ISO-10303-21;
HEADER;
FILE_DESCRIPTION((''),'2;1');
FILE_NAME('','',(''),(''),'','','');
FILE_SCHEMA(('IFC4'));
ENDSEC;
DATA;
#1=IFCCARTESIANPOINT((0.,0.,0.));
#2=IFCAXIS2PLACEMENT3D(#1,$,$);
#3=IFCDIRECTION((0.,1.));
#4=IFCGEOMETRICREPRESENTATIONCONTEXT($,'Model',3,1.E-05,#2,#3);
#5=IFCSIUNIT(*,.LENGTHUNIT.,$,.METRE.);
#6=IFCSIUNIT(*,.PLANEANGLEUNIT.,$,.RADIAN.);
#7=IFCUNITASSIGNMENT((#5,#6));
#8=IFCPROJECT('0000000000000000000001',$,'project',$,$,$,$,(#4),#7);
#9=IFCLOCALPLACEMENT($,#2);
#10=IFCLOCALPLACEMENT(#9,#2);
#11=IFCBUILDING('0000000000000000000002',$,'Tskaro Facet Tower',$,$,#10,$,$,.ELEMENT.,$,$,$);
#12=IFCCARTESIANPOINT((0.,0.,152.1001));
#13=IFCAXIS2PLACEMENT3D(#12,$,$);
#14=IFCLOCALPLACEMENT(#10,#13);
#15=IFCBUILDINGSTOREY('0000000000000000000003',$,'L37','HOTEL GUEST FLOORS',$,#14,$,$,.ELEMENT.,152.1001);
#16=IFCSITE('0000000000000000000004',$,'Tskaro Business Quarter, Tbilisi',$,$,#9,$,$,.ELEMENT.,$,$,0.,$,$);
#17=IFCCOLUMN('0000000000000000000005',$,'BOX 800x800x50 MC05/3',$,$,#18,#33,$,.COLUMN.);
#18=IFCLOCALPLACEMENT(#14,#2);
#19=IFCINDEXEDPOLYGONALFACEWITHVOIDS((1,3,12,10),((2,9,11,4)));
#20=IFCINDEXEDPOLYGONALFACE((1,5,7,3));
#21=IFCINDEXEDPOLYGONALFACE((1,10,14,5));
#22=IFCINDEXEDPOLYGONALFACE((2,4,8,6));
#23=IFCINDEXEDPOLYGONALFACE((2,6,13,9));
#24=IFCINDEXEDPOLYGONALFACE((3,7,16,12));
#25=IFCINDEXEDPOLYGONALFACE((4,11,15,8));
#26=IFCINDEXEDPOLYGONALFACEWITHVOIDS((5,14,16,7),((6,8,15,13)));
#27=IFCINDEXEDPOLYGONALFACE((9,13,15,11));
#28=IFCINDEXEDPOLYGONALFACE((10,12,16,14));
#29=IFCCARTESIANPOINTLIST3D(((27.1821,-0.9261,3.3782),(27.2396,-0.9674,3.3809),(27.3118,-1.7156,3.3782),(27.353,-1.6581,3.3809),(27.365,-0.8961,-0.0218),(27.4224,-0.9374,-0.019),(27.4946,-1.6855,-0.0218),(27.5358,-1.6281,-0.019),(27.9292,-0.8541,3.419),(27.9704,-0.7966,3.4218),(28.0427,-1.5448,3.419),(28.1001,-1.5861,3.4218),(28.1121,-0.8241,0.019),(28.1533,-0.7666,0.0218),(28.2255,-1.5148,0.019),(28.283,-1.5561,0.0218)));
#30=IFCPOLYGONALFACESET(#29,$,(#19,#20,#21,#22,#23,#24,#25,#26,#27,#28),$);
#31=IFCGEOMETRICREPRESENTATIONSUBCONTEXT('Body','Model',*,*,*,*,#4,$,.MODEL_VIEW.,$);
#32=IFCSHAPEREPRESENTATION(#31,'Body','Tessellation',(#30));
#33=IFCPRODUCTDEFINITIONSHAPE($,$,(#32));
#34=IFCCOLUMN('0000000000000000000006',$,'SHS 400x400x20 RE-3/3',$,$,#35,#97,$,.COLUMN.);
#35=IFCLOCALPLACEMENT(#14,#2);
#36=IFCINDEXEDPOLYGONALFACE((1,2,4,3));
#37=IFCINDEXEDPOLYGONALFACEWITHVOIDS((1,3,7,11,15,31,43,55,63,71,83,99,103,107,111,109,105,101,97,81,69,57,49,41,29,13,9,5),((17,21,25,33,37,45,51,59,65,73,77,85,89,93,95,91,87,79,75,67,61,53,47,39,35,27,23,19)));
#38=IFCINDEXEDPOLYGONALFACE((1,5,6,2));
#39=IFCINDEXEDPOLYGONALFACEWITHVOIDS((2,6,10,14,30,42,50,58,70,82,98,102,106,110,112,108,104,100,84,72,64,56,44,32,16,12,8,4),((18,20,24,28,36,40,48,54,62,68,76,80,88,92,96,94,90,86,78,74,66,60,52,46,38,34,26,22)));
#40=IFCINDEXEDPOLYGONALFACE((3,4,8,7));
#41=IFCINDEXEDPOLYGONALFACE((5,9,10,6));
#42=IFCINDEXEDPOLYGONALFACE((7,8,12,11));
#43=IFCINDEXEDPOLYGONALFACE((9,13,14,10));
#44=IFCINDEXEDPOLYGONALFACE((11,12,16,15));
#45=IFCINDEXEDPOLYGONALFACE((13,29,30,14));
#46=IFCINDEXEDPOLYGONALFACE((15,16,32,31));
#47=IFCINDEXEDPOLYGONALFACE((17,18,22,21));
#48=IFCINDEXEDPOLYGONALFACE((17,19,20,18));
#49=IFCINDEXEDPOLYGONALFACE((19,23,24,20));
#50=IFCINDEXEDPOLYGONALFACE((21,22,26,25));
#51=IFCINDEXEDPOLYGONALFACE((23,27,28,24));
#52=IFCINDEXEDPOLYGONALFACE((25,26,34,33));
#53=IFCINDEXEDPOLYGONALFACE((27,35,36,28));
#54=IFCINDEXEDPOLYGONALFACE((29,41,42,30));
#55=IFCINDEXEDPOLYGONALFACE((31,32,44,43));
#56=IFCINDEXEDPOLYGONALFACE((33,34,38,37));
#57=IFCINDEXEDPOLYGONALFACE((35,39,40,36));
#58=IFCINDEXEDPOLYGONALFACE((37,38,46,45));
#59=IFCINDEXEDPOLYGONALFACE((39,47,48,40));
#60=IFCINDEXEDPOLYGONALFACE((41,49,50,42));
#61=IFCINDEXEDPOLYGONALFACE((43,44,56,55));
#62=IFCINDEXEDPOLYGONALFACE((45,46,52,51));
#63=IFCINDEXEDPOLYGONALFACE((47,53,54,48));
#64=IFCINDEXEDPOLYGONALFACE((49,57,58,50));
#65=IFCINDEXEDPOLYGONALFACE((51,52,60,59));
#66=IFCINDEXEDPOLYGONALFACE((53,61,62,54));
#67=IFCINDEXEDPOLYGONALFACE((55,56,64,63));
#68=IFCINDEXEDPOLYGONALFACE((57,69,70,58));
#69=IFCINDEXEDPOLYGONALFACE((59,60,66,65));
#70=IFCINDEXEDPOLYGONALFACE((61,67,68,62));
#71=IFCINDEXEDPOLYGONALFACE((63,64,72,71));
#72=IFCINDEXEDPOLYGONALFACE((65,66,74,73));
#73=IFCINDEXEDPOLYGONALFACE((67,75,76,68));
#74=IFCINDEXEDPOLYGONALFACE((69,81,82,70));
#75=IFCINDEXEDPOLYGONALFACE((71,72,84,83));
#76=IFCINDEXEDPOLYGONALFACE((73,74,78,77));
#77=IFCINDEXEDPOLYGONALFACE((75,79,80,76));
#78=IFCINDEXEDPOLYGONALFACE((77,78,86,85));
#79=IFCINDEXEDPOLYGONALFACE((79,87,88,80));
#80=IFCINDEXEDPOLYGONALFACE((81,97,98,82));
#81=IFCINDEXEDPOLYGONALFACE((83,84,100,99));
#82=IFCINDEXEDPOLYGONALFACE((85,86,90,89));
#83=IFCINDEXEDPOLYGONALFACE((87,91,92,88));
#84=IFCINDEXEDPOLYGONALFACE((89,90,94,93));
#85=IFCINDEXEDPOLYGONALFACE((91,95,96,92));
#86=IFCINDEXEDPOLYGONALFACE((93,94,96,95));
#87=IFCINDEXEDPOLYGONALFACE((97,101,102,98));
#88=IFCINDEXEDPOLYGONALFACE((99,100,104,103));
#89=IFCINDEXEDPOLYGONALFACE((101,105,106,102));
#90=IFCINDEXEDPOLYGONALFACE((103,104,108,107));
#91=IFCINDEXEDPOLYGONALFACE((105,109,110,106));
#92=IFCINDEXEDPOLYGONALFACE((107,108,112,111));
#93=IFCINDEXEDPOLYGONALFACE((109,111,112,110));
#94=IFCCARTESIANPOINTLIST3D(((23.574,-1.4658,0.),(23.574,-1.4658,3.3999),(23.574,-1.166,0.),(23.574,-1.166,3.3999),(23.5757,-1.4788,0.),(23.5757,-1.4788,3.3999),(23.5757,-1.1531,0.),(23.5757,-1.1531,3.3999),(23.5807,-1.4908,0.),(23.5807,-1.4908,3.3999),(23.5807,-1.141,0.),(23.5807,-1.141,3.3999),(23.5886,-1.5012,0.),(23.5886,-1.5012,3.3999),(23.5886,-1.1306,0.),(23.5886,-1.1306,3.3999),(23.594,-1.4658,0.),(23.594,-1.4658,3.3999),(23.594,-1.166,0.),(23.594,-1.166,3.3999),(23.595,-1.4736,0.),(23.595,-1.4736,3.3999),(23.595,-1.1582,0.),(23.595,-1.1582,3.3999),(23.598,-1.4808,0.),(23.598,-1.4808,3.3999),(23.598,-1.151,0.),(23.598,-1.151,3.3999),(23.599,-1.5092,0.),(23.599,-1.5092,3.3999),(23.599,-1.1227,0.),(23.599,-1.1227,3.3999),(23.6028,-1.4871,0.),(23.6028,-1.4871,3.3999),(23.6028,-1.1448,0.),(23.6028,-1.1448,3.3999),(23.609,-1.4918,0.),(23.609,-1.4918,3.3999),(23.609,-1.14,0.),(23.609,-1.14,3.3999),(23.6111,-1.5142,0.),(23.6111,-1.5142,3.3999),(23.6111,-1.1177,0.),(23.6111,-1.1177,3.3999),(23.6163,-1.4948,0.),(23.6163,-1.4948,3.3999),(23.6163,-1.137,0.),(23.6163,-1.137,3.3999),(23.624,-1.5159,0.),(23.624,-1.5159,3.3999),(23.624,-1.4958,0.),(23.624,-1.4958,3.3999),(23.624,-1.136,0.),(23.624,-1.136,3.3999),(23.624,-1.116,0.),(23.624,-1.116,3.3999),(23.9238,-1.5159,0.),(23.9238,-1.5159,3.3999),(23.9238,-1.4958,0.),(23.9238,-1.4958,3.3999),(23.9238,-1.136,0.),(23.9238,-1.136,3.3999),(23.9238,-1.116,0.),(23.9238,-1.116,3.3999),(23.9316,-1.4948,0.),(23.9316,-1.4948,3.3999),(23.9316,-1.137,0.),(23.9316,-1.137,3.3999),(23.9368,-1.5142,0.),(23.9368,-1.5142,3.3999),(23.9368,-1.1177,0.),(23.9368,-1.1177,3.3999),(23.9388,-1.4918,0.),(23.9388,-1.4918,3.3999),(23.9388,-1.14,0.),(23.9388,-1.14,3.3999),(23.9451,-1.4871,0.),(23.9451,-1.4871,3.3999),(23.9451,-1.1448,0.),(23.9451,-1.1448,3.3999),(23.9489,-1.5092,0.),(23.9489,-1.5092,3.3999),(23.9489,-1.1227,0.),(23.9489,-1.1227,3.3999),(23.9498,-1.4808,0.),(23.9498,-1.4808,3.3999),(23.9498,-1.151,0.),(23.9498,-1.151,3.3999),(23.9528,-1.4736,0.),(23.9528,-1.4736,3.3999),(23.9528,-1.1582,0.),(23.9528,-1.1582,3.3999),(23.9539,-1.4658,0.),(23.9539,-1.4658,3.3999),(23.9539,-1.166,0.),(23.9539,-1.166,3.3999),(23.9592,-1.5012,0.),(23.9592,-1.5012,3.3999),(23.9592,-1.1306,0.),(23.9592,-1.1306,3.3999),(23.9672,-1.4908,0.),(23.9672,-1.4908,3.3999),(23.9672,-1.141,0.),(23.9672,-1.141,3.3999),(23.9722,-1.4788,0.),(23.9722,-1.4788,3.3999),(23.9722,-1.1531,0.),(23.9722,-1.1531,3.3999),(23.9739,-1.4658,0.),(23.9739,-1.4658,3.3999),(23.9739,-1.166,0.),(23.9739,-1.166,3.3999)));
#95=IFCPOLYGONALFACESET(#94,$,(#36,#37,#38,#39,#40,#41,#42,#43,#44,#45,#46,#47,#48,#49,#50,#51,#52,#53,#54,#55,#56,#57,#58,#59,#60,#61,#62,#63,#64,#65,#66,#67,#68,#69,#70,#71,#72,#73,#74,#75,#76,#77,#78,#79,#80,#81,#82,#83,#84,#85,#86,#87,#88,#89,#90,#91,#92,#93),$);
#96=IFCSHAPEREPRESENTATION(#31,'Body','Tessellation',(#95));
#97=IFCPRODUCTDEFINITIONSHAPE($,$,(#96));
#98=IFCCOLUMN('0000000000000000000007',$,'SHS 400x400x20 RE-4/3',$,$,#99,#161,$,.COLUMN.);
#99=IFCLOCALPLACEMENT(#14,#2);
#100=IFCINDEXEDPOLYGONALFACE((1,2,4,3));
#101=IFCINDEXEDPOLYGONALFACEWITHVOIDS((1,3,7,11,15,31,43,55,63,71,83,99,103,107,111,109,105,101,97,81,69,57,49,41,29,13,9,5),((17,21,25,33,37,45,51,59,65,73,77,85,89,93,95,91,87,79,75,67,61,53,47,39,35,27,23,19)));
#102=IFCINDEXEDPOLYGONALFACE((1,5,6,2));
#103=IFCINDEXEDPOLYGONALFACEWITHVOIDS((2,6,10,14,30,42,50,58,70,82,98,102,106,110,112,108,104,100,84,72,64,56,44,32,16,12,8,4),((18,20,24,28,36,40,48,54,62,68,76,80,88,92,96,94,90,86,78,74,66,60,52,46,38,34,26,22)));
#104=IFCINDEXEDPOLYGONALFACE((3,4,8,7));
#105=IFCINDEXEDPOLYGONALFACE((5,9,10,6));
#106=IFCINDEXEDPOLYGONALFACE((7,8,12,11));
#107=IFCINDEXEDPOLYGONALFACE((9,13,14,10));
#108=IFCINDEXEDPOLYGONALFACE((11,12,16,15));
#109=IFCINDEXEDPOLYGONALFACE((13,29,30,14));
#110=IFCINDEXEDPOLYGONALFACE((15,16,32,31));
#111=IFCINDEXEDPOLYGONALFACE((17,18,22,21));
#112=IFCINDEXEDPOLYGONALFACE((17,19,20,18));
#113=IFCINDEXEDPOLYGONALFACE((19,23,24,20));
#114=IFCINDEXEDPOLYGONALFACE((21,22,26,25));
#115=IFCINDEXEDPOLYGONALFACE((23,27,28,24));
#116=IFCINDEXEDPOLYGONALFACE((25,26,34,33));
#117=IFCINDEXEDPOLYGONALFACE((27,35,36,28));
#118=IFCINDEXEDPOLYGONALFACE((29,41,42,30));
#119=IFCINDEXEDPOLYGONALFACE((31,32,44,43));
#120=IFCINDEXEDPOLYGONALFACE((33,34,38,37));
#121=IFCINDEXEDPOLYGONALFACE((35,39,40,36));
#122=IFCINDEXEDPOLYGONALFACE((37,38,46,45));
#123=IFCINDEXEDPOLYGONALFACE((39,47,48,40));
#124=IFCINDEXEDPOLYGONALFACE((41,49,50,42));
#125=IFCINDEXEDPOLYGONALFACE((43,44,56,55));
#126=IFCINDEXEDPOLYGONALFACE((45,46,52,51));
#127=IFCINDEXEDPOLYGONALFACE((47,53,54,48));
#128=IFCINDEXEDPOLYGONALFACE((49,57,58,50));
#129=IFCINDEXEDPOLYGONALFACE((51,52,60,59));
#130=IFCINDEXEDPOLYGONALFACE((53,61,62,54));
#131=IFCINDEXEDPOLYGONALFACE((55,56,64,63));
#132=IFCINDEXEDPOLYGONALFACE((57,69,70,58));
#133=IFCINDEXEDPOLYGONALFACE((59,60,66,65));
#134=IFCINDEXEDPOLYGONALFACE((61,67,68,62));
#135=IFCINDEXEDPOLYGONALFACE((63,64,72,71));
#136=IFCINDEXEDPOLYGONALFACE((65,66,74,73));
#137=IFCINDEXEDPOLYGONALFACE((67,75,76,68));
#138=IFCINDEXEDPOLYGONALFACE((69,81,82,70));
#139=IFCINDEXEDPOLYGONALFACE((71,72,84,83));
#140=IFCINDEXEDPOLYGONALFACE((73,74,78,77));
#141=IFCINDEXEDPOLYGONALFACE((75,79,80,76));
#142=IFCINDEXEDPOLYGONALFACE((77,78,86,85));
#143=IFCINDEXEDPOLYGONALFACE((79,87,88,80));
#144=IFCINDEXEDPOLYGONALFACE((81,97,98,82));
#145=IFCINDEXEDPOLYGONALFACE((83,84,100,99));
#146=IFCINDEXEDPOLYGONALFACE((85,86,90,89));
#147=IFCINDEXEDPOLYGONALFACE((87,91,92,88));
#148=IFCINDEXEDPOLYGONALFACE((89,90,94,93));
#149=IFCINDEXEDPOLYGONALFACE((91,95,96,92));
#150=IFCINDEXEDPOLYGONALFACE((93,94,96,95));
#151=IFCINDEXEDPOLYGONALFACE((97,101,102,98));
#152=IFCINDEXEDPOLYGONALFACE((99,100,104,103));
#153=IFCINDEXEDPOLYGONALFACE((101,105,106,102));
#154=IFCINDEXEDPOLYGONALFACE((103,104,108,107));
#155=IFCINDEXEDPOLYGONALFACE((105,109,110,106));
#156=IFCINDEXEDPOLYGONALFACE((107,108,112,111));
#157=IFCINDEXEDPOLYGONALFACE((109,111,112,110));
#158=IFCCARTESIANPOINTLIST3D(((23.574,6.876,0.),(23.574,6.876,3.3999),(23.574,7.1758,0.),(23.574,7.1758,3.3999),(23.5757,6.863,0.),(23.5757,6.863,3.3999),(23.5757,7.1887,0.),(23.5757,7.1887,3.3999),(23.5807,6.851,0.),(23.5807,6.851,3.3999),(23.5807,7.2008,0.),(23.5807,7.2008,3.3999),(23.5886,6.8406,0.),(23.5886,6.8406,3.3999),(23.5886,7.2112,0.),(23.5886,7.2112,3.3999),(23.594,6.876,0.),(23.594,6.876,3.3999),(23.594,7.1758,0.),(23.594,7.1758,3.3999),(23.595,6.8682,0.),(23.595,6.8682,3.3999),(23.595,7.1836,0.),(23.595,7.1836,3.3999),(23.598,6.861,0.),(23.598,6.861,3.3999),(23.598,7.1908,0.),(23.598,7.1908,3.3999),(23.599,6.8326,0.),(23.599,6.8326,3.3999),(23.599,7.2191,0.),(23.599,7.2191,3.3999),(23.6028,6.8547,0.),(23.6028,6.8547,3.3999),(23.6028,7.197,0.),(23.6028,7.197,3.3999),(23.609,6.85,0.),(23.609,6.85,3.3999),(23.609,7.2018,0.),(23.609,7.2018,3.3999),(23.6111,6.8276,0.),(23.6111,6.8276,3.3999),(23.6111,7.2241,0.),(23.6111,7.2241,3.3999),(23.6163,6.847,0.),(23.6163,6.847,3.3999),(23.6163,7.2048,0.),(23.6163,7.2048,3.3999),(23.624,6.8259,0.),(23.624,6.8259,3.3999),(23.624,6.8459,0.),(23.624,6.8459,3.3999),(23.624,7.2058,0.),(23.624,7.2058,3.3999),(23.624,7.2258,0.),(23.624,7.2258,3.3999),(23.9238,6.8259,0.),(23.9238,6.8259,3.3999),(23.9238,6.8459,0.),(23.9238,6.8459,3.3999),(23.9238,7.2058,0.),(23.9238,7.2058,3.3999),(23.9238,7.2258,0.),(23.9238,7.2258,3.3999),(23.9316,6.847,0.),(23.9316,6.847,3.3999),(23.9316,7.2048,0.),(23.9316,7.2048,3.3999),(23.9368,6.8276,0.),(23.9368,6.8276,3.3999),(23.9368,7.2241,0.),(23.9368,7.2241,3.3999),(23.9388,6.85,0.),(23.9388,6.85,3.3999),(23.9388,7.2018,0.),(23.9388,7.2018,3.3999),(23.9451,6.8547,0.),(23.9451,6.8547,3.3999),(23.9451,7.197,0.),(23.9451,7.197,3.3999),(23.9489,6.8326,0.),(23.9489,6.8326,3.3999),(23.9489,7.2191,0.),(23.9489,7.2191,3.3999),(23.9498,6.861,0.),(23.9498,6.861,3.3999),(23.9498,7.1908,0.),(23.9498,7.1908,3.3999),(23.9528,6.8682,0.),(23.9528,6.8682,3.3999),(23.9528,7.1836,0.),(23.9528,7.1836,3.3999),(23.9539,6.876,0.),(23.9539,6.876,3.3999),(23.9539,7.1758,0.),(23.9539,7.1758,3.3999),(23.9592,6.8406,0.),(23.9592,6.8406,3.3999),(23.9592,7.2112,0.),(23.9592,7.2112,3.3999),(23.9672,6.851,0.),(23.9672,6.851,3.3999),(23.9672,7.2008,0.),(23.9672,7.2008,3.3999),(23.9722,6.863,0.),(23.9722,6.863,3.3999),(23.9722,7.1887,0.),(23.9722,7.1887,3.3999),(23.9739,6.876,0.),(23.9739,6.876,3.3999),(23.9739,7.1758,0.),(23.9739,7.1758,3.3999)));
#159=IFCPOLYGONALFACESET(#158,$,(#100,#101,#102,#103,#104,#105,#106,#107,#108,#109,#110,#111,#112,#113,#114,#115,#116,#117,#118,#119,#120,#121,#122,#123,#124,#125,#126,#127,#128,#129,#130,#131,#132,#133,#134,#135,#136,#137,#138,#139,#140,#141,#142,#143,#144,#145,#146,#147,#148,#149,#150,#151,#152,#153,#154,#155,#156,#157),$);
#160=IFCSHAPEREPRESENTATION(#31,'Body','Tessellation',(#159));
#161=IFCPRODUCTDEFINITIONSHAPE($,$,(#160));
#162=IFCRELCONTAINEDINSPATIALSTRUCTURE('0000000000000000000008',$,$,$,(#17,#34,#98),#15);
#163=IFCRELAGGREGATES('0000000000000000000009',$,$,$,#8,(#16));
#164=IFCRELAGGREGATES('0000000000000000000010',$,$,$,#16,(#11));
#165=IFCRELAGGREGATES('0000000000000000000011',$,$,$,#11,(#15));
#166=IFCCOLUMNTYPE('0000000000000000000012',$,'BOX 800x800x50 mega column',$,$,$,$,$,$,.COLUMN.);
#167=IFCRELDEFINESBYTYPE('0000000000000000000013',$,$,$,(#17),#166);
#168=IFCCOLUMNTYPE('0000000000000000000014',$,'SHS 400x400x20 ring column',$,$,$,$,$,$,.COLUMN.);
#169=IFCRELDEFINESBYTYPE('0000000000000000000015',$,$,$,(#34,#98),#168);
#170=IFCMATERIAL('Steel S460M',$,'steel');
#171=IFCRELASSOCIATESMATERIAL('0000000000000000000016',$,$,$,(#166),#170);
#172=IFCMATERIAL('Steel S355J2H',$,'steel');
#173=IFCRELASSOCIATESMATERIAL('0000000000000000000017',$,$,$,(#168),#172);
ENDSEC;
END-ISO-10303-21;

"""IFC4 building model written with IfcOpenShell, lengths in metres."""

from ifc_helpers import new_model, si_unit, direction, frame, origin, origin_2d, place, context, subcontext, project, spatial, hollow_rectangle, extrude, material, material_profile, profile_set, type_object, element, save


model = new_model("IFC4")

# Units and contexts
model_context = context("Model", 3, precision=1e-05, world=origin(), true_north=direction((0.0, 1.0)))
body_context = subcontext(model_context, "Body", "Model", "MODEL_VIEW")
ifc_project = project(units=[si_unit("LENGTHUNIT", "METRE"), si_unit("PLANEANGLEUNIT", "RADIAN")], contexts=[model_context])

# Site, building, storey
site_placement = place(None, origin())
site = spatial("IfcSite", under=ifc_project, at=site_placement, Name="Tskaro Business Quarter, Tbilisi", CompositionType="ELEMENT", RefElevation=0.0)
building_placement = place(site_placement, origin())
building = spatial("IfcBuilding", under=site, at=building_placement, Name="Tskaro Facet Tower", CompositionType="ELEMENT")
storey_placement = place(building_placement, frame((0.0, 0.0, 152.1001)))
storey = spatial("IfcBuildingStorey", under=building, at=storey_placement, Name="L37", Description="HOTEL GUEST FLOORS", CompositionType="ELEMENT", Elevation=152.1001)

# Columns
ifc_material_1 = material(Name="Steel S460M", Category="steel")
ifc_material_profile_1 = material_profile(ifc_material_1, hollow_rectangle(XDim=0.8, YDim=0.8, WallThickness=0.05, at=origin_2d()), Name="BOX 800x800x50")
ifc_profile_set_1 = profile_set([ifc_material_profile_1], Name="Steel S460M")
column_type_1 = type_object("IfcColumnType", Name="BOX 800x800x50 mega column", PredefinedType="COLUMN", material=ifc_profile_set_1)
column_placement = place(storey_placement, frame((27.824, -1.2261, 0.0), z_axis=(-0.053705, -0.008819, 0.998518), x_axis=(0.162048, -0.986783, 0.0)))
element("IfcColumn", 1, at=column_placement, inside=storey, type_object=column_type_1, Name="BOX 800x800x50 MC05/3", PredefinedType="COLUMN", context=body_context, shape_type="SweptSolid", body=[
    extrude(hollow_rectangle(XDim=0.8, YDim=0.8, WallThickness=0.05, at=origin_2d()), origin(), (0.0, 0.0, 1.0), 3.405),
])
ifc_material_2 = material(Name="Steel S355J2H", Category="steel")
ifc_material_profile_2 = material_profile(ifc_material_2, hollow_rectangle(XDim=0.3999, YDim=0.3999, WallThickness=0.02, InnerFilletRadius=0.03, OuterFilletRadius=0.05, at=origin_2d()), Name="SHS 400x400x20")
ifc_profile_set_2 = profile_set([ifc_material_profile_2], Name="Steel S355J2H")
column_type_2 = type_object("IfcColumnType", Name="SHS 400x400x20 ring column", PredefinedType="COLUMN", material=ifc_profile_set_2)
for number, where, z_axis, x_axis, name in (
    (2, (23.7739, -1.3159, 0.0), (0.0, 0.0, 1.0), (1.0, 0.0, 0.0), "SHS 400x400x20 RE-3/3"),
    (3, (23.7739, 7.0259, 0.0), (0.0, 0.0, 1.0), (1.0, 0.0, 0.0), "SHS 400x400x20 RE-4/3"),
):
    element("IfcColumn", number, at=place(storey_placement, frame(where, z_axis=z_axis, x_axis=x_axis)), inside=storey, type_object=column_type_2, Name=name, PredefinedType="COLUMN", context=body_context, shape_type="SweptSolid", body=[
        extrude(hollow_rectangle(XDim=0.3999, YDim=0.3999, WallThickness=0.02, InnerFilletRadius=0.03, OuterFilletRadius=0.05, at=origin_2d()), origin(), (0.0, 0.0, 1.0), 3.3999),
    ])

save(model, "model.ifc")
